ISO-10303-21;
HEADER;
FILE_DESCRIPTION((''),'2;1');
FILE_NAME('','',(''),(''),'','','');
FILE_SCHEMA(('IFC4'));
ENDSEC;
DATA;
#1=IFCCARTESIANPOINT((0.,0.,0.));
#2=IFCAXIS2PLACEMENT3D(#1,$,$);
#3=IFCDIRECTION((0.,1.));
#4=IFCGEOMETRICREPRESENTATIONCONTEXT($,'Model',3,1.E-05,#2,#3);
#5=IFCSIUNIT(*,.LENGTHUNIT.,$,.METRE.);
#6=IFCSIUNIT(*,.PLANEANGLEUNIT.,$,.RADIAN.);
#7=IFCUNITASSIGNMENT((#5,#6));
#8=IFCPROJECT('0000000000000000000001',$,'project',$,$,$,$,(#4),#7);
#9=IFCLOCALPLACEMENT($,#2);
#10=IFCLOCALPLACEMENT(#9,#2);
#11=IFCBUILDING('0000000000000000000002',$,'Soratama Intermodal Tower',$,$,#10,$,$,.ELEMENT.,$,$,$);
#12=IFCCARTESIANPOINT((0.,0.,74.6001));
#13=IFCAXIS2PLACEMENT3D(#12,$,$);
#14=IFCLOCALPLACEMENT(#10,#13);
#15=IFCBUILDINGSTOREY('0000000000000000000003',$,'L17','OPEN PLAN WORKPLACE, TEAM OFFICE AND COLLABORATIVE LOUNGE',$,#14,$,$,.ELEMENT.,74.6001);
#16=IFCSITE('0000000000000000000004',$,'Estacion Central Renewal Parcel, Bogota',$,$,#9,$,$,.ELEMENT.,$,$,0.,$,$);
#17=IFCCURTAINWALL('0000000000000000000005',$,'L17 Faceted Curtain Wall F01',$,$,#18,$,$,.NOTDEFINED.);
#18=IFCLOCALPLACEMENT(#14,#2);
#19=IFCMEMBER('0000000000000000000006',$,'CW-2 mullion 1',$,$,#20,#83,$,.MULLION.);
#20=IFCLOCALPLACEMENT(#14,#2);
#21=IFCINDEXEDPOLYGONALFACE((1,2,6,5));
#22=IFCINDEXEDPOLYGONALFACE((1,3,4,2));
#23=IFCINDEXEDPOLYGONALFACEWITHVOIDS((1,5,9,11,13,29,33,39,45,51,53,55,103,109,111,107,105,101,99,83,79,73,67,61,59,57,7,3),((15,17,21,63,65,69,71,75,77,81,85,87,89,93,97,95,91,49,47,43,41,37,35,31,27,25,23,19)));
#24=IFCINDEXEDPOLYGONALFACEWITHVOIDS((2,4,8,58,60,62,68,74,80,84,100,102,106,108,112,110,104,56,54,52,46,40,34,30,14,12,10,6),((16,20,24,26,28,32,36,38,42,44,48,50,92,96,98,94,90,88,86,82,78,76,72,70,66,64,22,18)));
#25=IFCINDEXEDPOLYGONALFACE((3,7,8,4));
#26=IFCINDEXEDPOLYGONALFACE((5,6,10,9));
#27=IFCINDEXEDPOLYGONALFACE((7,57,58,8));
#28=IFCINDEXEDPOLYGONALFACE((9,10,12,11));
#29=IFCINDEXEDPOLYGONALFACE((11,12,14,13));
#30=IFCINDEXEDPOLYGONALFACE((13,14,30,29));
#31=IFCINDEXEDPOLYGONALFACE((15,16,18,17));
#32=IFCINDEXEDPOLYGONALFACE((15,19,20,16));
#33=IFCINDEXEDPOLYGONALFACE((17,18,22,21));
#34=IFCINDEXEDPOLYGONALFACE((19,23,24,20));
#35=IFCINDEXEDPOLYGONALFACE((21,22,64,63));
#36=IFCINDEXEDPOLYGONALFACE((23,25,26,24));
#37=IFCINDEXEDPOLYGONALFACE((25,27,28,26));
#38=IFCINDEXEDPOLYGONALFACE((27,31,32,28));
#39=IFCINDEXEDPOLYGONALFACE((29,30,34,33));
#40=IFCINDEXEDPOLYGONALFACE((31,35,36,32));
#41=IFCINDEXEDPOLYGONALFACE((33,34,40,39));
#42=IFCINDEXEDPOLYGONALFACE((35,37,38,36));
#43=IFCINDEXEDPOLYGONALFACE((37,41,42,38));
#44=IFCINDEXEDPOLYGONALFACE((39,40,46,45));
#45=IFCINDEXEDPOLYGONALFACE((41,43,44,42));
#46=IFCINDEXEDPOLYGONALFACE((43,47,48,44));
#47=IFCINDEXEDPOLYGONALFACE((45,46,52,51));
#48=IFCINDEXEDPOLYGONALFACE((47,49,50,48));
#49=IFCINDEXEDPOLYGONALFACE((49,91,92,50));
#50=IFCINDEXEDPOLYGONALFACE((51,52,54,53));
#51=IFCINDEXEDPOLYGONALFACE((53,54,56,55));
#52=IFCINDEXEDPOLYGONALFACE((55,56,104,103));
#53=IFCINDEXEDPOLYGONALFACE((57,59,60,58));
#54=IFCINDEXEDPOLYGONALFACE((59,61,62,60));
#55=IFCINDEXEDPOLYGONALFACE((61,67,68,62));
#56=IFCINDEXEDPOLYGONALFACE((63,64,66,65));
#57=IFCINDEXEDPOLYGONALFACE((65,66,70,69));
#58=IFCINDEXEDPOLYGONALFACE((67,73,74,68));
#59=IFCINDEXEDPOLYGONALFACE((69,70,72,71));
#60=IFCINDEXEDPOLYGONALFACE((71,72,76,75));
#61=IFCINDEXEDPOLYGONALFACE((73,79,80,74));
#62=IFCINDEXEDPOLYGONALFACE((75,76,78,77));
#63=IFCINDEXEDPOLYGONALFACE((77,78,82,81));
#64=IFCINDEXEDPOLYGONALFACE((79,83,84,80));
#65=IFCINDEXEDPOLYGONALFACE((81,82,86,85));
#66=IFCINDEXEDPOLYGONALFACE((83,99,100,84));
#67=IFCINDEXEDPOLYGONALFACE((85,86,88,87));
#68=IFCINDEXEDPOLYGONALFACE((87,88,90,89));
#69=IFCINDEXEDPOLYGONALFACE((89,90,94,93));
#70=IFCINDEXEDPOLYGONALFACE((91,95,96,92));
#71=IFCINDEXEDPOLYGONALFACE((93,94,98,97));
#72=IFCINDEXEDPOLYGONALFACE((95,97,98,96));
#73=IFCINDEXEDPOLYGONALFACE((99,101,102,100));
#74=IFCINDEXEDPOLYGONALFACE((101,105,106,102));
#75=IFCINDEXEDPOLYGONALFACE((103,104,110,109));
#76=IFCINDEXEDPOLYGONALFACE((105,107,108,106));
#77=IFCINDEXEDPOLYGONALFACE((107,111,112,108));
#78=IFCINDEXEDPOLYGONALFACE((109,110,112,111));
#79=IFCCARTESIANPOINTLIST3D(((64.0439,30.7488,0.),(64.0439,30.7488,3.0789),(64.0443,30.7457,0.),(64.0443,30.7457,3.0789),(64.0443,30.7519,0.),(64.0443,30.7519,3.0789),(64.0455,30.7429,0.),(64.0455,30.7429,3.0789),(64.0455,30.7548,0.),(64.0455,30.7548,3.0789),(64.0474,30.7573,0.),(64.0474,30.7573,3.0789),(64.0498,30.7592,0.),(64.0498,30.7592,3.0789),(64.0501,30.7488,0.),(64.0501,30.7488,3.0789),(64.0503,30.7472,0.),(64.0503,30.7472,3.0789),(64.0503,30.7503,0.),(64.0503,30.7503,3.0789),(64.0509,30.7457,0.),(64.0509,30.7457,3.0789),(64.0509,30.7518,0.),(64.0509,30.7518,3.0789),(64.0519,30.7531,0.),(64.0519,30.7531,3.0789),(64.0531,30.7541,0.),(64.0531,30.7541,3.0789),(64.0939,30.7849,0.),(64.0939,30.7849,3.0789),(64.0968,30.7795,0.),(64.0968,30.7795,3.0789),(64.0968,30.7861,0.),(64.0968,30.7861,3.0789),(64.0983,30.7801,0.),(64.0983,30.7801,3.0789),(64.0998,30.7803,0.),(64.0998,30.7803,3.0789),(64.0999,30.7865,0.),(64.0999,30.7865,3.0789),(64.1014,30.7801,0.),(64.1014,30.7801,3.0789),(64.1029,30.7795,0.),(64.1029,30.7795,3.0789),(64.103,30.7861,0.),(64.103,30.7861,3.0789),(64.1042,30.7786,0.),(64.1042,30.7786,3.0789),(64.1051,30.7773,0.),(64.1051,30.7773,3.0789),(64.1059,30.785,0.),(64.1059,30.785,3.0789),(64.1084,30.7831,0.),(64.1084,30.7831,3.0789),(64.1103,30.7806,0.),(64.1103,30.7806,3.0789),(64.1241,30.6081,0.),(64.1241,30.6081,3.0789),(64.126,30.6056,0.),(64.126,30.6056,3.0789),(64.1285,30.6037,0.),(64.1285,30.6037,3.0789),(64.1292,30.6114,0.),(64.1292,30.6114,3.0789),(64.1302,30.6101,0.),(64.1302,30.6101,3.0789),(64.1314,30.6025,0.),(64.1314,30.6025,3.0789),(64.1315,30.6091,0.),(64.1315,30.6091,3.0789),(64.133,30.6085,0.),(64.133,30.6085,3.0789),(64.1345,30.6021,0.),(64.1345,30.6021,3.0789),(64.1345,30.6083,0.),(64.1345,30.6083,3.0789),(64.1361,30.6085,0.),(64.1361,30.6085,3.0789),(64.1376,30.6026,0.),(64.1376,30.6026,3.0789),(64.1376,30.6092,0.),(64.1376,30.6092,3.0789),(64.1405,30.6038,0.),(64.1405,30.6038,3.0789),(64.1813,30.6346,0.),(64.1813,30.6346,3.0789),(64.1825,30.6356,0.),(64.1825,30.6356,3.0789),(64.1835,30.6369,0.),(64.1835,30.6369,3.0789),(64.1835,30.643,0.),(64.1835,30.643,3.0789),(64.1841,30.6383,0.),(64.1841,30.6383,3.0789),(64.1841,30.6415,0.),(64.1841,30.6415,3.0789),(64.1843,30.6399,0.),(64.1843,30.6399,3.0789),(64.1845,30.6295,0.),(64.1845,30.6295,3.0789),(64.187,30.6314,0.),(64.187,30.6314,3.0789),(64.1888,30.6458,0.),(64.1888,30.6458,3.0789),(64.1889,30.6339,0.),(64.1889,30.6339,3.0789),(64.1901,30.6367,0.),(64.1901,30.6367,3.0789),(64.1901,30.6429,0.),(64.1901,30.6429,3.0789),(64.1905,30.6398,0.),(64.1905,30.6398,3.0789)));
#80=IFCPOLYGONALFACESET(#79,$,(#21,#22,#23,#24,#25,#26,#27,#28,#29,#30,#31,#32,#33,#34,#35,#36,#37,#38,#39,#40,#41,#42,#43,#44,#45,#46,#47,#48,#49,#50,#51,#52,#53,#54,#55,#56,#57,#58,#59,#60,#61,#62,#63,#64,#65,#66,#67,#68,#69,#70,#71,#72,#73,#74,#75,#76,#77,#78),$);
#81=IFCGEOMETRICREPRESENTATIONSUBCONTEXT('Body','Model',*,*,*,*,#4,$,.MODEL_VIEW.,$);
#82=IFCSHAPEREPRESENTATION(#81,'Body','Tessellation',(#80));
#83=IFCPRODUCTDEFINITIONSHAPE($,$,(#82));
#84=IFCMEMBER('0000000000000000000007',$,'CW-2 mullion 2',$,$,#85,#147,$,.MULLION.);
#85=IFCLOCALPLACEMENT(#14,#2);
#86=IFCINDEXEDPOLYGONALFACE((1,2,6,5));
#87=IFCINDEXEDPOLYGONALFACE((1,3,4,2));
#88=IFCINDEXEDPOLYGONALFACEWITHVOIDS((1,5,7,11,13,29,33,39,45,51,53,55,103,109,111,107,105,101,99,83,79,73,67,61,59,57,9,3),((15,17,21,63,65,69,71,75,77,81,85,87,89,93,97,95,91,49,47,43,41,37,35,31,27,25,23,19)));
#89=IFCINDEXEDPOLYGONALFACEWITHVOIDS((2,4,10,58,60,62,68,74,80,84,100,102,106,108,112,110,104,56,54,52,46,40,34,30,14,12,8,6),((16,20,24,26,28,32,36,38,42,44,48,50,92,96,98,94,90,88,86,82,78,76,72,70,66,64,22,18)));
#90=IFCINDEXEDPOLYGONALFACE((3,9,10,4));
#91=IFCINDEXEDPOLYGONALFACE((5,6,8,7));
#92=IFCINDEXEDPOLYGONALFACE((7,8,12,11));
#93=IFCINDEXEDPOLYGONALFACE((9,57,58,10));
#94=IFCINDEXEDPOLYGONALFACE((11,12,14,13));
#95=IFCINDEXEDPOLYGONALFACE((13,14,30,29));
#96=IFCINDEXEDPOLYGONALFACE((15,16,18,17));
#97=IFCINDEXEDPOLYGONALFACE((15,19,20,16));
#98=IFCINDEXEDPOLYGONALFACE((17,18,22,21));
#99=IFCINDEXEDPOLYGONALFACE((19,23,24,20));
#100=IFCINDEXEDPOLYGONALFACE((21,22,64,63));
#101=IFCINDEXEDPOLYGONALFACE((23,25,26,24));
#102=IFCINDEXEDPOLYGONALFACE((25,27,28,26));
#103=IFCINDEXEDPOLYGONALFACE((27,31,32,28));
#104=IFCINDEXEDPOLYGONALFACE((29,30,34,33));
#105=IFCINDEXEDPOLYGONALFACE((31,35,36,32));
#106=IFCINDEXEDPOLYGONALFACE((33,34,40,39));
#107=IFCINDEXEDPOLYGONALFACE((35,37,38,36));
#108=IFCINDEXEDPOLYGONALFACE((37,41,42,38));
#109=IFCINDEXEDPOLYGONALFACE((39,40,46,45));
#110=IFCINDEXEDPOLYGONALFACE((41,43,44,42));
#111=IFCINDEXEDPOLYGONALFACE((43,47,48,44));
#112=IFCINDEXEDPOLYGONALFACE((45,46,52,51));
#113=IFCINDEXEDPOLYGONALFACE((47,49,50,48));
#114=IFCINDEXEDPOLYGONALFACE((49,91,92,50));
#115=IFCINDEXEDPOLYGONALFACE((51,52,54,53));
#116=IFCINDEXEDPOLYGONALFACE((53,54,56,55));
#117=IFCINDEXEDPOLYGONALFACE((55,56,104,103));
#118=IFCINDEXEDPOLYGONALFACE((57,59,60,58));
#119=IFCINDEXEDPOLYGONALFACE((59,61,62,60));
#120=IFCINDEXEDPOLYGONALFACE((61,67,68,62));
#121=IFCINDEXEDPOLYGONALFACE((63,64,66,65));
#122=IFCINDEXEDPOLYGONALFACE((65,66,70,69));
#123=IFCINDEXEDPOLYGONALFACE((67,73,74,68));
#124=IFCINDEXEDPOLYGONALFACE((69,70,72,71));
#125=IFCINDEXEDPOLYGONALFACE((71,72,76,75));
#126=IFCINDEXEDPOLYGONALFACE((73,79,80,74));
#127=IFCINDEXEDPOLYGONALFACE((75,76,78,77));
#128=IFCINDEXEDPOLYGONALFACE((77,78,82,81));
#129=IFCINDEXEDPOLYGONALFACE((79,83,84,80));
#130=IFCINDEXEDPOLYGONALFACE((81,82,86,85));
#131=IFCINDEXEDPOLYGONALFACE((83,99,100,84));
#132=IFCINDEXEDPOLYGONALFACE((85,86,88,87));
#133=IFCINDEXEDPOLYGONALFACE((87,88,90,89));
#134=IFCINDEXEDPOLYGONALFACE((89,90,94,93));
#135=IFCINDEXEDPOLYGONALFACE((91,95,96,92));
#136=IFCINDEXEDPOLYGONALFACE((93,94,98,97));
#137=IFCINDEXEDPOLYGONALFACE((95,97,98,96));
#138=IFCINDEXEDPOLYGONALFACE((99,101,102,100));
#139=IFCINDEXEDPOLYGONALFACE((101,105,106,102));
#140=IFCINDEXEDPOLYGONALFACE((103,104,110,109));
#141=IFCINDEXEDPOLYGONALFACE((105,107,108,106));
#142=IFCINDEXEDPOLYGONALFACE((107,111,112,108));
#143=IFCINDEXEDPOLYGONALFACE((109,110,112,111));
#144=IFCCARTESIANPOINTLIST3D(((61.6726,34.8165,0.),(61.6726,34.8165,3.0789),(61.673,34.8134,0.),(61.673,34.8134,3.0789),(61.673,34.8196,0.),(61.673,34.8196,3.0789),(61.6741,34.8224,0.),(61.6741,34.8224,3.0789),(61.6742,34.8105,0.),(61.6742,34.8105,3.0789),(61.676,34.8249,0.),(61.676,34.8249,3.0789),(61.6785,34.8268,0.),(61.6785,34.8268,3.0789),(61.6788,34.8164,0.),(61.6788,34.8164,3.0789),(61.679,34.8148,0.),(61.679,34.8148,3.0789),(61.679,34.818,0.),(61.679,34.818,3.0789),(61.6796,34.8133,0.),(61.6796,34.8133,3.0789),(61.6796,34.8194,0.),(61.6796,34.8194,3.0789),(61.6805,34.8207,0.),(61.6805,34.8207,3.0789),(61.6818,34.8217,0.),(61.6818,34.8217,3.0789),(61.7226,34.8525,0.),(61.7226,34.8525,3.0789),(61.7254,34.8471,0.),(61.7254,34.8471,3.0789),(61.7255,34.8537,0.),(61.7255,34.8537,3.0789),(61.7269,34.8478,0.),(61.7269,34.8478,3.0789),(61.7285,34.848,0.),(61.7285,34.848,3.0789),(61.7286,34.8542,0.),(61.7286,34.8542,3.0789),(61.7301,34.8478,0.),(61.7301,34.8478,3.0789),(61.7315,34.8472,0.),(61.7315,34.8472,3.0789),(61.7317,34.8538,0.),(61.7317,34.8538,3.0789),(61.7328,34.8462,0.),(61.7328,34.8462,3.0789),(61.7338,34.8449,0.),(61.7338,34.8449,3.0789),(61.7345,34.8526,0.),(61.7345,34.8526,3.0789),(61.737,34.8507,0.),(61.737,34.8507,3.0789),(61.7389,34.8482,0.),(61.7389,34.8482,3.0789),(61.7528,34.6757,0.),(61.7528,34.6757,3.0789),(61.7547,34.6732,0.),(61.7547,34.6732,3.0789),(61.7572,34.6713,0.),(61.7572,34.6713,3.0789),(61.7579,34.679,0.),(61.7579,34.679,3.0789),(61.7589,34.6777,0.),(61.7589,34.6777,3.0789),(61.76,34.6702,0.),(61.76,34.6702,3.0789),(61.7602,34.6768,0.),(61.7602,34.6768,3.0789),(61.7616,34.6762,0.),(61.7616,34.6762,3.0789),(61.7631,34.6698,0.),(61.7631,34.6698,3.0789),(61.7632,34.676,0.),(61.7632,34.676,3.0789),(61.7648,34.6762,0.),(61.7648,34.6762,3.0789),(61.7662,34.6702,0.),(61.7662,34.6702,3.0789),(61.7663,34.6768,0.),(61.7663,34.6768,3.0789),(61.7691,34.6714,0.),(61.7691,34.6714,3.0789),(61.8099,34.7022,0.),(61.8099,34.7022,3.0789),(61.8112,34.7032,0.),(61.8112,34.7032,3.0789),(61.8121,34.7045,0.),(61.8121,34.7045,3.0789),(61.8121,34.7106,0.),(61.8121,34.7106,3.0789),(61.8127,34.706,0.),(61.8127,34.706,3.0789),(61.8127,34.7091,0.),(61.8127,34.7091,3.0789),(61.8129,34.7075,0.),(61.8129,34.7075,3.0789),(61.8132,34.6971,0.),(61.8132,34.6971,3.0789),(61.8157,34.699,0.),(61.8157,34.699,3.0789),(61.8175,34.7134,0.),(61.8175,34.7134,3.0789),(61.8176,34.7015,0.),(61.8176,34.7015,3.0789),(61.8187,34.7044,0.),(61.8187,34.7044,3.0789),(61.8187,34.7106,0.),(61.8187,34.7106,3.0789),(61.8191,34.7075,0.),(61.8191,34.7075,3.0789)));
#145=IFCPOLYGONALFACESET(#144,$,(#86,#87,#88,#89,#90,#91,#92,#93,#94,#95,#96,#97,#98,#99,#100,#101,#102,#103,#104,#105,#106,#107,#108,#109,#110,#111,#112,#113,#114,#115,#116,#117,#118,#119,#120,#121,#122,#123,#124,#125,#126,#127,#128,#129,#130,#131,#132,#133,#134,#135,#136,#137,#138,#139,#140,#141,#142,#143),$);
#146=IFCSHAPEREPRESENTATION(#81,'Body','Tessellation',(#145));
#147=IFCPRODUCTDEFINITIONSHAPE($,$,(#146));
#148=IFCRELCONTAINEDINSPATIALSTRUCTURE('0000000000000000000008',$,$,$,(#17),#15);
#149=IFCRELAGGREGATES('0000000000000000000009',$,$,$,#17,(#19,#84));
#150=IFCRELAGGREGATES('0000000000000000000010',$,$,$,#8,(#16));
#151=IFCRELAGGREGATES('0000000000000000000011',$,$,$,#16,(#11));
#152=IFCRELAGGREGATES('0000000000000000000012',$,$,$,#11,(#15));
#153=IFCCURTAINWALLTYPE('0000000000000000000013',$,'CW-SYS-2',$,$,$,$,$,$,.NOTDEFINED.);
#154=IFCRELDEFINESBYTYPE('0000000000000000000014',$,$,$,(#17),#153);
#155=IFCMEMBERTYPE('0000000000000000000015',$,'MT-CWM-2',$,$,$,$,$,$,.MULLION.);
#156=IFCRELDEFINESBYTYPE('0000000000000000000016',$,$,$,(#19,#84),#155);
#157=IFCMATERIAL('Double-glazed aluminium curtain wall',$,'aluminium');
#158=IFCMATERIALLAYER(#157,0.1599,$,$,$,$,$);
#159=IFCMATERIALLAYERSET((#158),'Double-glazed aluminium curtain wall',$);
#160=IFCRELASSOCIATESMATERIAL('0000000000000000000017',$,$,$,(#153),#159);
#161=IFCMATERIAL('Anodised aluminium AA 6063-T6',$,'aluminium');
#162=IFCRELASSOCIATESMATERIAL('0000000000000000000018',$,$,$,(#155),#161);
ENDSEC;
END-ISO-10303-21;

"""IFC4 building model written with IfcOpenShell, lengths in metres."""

from ifc_helpers import new_model, si_unit, direction, frame, origin, origin_2d, place, context, subcontext, project, spatial, hollow_rectangle, extrude, material, layer, layer_set, material_profile, profile_set, type_object, element, aggregate, save


model = new_model("IFC4")

# Units and contexts
model_context = context("Model", 3, precision=1e-05, world=origin(), true_north=direction((0.0, 1.0)))
body_context = subcontext(model_context, "Body", "Model", "MODEL_VIEW")
ifc_project = project(units=[si_unit("LENGTHUNIT", "METRE"), si_unit("PLANEANGLEUNIT", "RADIAN")], contexts=[model_context])

# Site, building, storey
site_placement = place(None, origin())
site = spatial("IfcSite", under=ifc_project, at=site_placement, Name="Estacion Central Renewal Parcel, Bogota", CompositionType="ELEMENT", RefElevation=0.0)
building_placement = place(site_placement, origin())
building = spatial("IfcBuilding", under=site, at=building_placement, Name="Soratama Intermodal Tower", CompositionType="ELEMENT")
storey_placement = place(building_placement, frame((0.0, 0.0, 74.6001)))
storey = spatial("IfcBuildingStorey", under=building, at=storey_placement, Name="L17", Description="OPEN PLAN WORKPLACE, TEAM OFFICE AND COLLABORATIVE LOUNGE", CompositionType="ELEMENT", Elevation=74.6001)

# Curtain wall, members
ifc_material_1 = material(Name="Double-glazed aluminium curtain wall", Category="aluminium")
ifc_layer_1 = layer(ifc_material_1, 0.1599)
ifc_layer_set_1 = layer_set([ifc_layer_1], Name="Double-glazed aluminium curtain wall")
curtain_wall_type = type_object("IfcCurtainWallType", Name="CW-SYS-2", PredefinedType="NOTDEFINED", material=ifc_layer_set_1)
curtain_wall_placement = place(storey_placement, origin())
curtain_wall = element("IfcCurtainWall", 1, at=curtain_wall_placement, inside=storey, type_object=curtain_wall_type, Name="L17 Faceted Curtain Wall F01", PredefinedType="NOTDEFINED")
ifc_material_2 = material(Name="Anodised aluminium AA 6063-T6", Category="aluminium")
ifc_material_profile_1 = material_profile(ifc_material_2, hollow_rectangle(XDim=0.075, YDim=0.1799, WallThickness=0.0061, InnerFilletRadius=0.0061, OuterFilletRadius=0.012, at=origin_2d()), Name="CWM180X75X6")
ifc_profile_set_1 = profile_set([ifc_material_profile_1], Name="Anodised aluminium AA 6063-T6")
member_type_1 = type_object("IfcMemberType", Name="MT-CWM-2", PredefinedType="MULLION", material=ifc_profile_set_1)
member_1_placement = place(storey_placement, frame((64.1172, 30.6943, 0.0), z_axis=(0.0, 0.0, 1.0), x_axis=(-0.863925, -0.50362, 0.0)))
member_1 = element("IfcMember", 2, at=member_1_placement, type_object=member_type_1, Name="CW-2 mullion 1", PredefinedType="MULLION", context=body_context, shape_type="SweptSolid", body=[
    extrude(hollow_rectangle(XDim=0.075, YDim=0.1799, WallThickness=0.0061, InnerFilletRadius=0.0061, OuterFilletRadius=0.012, at=origin_2d()), origin(), (0.0, 0.0, 1.0), 3.0789),
])
member_2_placement = place(storey_placement, frame((61.7458, 34.762, 0.0), z_axis=(0.0, 0.0, 1.0), x_axis=(-0.863925, -0.50362, 0.0)))
member_2 = element("IfcMember", 3, at=member_2_placement, type_object=member_type_1, Name="CW-2 mullion 2", PredefinedType="MULLION", context=body_context, shape_type="SweptSolid", body=[
    extrude(hollow_rectangle(XDim=0.075, YDim=0.1799, WallThickness=0.0061, InnerFilletRadius=0.0061, OuterFilletRadius=0.012, at=origin_2d()), origin(), (0.0, 0.0, 1.0), 3.0789),
])
aggregate(curtain_wall, [member_1, member_2])

save(model, "model.ifc")
